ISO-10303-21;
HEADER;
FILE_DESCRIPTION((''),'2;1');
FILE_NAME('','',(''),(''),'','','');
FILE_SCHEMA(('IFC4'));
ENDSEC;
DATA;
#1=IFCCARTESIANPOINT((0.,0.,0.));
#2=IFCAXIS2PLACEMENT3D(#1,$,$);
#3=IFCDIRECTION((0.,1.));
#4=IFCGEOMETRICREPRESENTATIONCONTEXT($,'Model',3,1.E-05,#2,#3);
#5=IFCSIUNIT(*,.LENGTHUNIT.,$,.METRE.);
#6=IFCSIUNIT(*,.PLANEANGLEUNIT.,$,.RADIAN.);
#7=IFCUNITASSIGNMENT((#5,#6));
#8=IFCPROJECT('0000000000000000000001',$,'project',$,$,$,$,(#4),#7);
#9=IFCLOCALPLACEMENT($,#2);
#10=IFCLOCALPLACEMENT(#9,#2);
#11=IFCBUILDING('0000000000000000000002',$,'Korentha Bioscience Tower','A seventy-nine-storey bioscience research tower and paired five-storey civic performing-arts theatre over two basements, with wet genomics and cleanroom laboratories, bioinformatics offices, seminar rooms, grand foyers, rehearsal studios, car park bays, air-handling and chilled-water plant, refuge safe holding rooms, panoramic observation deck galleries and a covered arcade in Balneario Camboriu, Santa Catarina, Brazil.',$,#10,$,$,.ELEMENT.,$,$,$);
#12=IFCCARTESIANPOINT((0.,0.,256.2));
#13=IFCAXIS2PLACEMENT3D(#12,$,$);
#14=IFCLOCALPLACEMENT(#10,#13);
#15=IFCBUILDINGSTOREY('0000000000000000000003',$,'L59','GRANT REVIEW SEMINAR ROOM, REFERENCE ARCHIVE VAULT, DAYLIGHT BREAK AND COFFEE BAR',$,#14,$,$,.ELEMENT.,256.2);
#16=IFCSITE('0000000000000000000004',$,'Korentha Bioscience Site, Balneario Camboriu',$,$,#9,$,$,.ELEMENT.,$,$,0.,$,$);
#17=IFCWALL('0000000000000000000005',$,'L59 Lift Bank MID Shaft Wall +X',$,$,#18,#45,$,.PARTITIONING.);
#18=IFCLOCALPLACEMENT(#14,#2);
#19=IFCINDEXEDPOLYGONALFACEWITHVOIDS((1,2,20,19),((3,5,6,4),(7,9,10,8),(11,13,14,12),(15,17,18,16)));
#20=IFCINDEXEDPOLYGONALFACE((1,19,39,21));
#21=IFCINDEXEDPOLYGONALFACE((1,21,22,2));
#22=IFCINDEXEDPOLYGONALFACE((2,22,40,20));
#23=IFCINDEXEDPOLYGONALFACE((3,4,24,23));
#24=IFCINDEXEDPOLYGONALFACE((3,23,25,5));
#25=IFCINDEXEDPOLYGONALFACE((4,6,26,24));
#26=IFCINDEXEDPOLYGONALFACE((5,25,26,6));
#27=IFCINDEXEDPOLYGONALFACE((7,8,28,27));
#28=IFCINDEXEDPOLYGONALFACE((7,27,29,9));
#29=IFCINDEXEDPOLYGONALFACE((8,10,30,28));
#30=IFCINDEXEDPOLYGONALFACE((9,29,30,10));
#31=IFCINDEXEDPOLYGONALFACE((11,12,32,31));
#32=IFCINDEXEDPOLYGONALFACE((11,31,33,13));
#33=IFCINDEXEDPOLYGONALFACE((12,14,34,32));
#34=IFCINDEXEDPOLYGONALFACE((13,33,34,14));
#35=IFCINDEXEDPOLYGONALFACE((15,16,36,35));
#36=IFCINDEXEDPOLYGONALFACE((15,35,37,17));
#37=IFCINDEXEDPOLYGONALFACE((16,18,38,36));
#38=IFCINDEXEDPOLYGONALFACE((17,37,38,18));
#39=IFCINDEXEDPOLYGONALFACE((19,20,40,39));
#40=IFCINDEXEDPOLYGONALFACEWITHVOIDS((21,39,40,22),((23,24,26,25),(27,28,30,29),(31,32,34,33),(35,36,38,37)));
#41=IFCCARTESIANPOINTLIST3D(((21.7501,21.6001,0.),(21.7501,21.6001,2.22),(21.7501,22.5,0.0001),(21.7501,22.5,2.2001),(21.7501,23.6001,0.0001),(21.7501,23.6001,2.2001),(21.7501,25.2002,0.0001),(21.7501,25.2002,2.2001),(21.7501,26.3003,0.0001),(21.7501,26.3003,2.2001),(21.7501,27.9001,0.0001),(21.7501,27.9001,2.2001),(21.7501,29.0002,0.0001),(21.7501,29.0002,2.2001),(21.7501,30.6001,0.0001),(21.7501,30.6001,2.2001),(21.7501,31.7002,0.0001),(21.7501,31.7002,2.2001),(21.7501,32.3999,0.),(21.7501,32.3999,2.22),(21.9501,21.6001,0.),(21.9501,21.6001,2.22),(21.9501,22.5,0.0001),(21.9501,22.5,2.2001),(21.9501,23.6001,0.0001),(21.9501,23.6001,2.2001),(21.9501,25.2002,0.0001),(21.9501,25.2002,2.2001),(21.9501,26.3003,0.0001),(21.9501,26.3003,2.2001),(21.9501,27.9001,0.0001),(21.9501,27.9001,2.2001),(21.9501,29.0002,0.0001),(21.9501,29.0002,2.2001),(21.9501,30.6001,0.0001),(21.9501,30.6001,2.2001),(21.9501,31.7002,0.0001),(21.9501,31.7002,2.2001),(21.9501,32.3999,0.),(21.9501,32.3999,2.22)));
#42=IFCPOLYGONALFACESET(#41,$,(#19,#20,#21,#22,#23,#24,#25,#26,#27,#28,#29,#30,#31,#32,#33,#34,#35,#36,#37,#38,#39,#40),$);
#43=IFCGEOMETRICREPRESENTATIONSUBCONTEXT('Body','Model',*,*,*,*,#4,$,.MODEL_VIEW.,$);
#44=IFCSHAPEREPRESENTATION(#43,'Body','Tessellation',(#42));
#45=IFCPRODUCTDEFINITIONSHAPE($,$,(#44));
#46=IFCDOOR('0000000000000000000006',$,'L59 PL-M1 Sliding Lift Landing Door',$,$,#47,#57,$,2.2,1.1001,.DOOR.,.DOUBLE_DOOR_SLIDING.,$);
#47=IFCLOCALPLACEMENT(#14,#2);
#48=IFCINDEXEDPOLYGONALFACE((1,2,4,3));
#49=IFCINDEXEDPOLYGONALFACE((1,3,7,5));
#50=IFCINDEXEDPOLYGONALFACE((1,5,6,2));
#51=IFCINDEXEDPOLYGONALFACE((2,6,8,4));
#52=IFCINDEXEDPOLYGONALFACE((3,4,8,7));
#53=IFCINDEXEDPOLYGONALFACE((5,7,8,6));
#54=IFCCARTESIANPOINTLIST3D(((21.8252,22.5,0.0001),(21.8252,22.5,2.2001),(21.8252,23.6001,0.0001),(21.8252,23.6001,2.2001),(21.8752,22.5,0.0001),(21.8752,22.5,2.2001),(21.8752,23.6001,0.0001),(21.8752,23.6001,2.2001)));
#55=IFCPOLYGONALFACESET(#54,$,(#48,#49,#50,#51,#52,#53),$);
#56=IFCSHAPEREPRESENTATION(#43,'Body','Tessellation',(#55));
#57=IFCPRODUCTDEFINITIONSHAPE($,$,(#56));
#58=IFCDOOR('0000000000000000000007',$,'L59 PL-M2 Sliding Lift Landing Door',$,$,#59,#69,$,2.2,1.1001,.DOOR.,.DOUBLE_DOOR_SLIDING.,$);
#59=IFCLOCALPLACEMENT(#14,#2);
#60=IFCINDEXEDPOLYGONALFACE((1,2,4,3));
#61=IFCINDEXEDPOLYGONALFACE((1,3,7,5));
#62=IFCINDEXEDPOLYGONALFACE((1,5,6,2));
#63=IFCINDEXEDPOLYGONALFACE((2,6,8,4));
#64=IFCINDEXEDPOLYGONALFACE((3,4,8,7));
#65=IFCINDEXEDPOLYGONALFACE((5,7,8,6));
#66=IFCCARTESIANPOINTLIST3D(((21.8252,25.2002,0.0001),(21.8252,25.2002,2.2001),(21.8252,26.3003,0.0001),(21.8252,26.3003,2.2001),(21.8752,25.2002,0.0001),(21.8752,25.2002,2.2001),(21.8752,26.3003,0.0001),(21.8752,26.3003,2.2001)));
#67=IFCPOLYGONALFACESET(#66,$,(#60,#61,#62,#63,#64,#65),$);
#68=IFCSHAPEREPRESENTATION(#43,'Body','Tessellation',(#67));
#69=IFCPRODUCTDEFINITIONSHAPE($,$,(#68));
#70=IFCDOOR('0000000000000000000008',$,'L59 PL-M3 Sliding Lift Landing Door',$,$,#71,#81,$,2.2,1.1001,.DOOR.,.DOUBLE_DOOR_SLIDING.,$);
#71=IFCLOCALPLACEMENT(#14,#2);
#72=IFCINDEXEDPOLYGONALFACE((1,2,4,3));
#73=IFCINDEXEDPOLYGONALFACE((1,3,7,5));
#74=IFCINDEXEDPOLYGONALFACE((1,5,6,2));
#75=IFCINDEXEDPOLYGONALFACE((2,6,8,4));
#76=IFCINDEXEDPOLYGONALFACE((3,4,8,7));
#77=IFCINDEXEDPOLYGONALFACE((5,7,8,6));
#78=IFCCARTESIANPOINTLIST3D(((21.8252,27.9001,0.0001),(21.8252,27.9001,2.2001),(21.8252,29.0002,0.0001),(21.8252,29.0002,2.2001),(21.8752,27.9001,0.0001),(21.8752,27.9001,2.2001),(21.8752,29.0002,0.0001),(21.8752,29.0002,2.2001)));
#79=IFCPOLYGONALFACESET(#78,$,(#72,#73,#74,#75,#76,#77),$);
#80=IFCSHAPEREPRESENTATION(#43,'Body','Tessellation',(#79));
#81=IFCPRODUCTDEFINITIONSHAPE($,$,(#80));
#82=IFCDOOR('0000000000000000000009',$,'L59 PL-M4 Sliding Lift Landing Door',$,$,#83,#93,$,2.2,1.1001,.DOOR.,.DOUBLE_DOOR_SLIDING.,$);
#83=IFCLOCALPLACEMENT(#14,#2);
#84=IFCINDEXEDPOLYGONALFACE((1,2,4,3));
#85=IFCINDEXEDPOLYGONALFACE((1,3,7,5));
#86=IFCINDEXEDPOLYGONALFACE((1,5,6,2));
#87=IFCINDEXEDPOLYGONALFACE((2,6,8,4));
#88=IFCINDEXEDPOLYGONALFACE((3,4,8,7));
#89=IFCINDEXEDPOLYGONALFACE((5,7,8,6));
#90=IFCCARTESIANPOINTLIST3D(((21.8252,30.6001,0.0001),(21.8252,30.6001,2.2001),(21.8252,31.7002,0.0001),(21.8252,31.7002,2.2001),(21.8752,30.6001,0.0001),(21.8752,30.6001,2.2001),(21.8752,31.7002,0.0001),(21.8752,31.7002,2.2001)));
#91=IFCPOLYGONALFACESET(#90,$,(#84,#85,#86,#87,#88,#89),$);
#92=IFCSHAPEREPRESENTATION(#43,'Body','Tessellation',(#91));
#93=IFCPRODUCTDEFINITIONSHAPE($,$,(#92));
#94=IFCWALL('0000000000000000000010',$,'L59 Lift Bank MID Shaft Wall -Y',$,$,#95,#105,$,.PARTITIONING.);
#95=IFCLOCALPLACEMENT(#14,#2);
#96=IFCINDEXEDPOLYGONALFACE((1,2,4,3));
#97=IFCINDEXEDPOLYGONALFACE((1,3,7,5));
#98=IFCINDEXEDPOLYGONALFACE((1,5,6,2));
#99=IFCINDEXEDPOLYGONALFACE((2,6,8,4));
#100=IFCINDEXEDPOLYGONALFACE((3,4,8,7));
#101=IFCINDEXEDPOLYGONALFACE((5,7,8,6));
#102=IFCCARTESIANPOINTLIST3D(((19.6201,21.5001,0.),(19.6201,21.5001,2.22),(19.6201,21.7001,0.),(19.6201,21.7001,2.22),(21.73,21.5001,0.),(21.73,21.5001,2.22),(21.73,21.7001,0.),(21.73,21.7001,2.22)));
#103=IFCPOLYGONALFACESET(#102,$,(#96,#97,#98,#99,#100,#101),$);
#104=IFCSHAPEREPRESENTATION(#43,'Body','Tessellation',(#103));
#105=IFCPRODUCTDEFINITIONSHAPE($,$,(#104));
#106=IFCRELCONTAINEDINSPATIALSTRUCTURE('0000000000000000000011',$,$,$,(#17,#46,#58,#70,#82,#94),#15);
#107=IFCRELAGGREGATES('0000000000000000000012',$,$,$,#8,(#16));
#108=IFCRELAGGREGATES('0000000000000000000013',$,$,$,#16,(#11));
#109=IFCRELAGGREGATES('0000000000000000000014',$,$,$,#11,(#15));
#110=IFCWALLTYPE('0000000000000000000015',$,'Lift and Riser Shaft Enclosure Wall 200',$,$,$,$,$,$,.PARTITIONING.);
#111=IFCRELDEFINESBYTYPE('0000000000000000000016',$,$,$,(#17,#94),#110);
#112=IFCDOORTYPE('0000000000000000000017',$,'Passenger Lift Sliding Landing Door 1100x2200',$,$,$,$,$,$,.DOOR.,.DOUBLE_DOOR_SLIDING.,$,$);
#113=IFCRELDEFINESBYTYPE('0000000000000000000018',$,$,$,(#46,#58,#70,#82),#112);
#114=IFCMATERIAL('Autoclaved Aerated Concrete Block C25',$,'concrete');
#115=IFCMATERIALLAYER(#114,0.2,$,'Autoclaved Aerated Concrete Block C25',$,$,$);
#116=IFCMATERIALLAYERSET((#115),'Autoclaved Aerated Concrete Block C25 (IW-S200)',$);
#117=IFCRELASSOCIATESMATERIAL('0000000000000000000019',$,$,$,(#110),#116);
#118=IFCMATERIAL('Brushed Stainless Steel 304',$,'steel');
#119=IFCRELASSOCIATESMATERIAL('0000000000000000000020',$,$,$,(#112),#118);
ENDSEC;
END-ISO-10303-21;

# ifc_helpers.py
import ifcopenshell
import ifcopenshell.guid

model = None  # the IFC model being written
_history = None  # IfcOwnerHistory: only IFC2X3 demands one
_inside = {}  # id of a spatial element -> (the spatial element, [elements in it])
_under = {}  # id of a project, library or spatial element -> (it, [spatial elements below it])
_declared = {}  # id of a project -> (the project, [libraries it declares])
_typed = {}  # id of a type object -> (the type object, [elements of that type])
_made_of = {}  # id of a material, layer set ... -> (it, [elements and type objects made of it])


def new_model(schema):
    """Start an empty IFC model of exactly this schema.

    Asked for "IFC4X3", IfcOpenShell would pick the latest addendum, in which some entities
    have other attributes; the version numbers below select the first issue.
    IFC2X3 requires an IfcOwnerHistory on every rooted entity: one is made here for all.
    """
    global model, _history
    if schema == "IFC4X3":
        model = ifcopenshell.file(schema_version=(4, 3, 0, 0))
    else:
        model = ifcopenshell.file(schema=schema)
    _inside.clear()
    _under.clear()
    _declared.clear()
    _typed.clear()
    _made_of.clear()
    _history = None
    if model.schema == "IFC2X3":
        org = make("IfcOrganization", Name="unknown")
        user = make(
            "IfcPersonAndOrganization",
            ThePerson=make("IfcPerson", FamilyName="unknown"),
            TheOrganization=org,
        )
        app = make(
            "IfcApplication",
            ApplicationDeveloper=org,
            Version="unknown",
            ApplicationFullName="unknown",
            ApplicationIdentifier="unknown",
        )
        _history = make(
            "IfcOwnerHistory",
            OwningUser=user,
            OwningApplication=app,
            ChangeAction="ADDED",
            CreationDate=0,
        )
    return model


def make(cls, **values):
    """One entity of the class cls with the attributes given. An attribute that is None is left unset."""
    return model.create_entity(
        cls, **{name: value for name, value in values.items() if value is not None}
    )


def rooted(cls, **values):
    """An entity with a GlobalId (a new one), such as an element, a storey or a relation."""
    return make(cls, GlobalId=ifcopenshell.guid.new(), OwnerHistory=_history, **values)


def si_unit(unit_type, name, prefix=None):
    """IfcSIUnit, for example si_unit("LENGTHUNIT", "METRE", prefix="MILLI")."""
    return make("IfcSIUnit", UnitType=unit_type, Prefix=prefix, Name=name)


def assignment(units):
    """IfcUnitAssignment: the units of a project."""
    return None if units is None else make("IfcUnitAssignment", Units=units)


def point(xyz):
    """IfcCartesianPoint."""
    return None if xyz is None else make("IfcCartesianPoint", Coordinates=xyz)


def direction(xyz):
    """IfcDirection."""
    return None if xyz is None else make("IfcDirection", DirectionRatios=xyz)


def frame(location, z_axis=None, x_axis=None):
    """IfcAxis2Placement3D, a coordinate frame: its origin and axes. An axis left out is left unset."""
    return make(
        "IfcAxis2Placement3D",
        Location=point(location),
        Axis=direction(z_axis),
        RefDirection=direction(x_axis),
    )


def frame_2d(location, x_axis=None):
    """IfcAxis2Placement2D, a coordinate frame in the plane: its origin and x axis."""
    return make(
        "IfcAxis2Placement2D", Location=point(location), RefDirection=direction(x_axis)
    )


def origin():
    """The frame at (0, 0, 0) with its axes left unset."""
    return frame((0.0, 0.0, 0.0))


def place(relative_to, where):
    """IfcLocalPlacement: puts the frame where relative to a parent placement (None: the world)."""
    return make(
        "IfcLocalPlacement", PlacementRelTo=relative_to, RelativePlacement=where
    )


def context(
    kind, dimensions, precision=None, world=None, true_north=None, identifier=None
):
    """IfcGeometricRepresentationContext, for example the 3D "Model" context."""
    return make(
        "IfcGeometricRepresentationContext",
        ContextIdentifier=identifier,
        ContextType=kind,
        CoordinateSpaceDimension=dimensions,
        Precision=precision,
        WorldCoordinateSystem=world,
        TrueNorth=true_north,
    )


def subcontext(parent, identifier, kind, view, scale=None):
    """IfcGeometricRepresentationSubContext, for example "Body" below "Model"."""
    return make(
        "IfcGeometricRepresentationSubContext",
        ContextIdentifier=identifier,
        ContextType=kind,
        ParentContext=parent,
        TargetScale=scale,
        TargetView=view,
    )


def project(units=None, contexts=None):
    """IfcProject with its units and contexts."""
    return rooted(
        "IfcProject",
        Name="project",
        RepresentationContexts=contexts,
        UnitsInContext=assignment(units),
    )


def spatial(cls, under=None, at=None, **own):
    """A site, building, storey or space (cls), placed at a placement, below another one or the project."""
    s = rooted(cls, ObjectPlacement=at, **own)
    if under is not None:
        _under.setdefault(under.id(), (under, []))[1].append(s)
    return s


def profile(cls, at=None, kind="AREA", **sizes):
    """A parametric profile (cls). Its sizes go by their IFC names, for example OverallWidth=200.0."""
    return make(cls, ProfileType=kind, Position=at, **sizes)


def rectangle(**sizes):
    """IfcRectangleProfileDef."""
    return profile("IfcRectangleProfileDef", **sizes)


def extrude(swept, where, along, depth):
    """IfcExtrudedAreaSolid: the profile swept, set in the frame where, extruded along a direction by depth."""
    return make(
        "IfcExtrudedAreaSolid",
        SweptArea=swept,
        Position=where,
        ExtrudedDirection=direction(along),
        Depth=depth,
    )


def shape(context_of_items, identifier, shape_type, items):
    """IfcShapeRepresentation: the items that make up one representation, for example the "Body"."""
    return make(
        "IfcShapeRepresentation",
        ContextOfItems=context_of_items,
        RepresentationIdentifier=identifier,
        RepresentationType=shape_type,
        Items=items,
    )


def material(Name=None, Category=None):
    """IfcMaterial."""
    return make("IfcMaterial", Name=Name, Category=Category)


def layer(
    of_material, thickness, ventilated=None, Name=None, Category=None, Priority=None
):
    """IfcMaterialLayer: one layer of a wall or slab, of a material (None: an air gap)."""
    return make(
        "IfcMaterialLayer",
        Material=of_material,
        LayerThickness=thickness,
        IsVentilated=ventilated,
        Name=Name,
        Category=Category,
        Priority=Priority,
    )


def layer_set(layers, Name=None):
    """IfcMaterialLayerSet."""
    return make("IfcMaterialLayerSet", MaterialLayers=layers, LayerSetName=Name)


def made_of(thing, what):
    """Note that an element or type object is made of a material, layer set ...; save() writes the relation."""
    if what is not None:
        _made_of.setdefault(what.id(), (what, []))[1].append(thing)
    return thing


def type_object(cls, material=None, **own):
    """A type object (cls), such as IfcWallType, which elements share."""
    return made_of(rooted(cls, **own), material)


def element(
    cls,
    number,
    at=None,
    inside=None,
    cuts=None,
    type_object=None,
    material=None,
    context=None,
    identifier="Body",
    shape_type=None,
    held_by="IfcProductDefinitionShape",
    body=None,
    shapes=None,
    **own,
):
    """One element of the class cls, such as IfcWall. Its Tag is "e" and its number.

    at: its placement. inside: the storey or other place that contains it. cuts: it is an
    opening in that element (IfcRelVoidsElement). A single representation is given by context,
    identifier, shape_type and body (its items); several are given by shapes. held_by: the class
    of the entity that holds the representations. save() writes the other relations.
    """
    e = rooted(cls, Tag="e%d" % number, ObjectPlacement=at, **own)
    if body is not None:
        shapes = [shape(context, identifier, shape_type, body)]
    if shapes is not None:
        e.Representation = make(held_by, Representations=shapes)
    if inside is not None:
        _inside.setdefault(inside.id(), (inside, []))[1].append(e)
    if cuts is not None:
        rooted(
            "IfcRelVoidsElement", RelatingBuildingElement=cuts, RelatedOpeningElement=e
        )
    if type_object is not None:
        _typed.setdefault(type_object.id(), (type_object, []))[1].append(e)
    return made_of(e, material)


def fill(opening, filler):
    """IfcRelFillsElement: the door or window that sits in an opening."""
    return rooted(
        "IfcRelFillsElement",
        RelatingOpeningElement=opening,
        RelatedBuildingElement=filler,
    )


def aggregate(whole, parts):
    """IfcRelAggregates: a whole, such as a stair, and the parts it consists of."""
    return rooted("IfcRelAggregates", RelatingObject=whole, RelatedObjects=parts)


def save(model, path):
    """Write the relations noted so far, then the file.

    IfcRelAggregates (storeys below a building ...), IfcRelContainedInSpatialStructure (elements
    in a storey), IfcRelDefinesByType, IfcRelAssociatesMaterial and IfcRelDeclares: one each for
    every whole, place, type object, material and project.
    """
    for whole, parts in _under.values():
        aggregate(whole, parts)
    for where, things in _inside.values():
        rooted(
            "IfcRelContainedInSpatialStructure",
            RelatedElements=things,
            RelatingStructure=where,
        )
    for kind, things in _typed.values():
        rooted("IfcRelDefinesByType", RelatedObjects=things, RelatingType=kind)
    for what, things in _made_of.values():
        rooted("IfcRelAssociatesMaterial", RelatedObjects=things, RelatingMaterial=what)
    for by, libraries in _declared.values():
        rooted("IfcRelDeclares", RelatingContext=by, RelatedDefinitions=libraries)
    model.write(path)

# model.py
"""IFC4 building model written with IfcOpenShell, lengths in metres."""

from ifc_helpers import new_model, si_unit, direction, frame, frame_2d, origin, place, context, subcontext, project, spatial, rectangle, extrude, material, layer, layer_set, type_object, element, fill, save


model = new_model("IFC4")

# Units and contexts
model_context = context("Model", 3, precision=1e-05, world=origin(), true_north=direction((0.0, 1.0)))
body_context = subcontext(model_context, "Body", "Model", "MODEL_VIEW")
ifc_project = project(units=[si_unit("LENGTHUNIT", "METRE"), si_unit("PLANEANGLEUNIT", "RADIAN")], contexts=[model_context])

# Site, building, storey
site_placement = place(None, origin())
site = spatial("IfcSite", under=ifc_project, at=site_placement, Name="Korentha Bioscience Site, Balneario Camboriu", CompositionType="ELEMENT", RefElevation=0.0)
building_placement = place(site_placement, origin())
building = spatial("IfcBuilding", under=site, at=building_placement, Name="Korentha Bioscience Tower", Description="A seventy-nine-storey bioscience research tower and paired five-storey civic performing-arts theatre over two basements, with wet genomics and cleanroom laboratories, bioinformatics offices, seminar rooms, grand foyers, rehearsal studios, car park bays, air-handling and chilled-water plant, refuge safe holding rooms, panoramic observation deck galleries and a covered arcade in Balneario Camboriu, Santa Catarina, Brazil.", CompositionType="ELEMENT")
storey_placement = place(building_placement, frame((0.0, 0.0, 256.2)))
storey = spatial("IfcBuildingStorey", under=building, at=storey_placement, Name="L59", Description="GRANT REVIEW SEMINAR ROOM, REFERENCE ARCHIVE VAULT, DAYLIGHT BREAK AND COFFEE BAR", CompositionType="ELEMENT", Elevation=256.2)

# Shared definitions
ifc_material_1 = material(Name="Autoclaved Aerated Concrete Block C25", Category="concrete")
ifc_layer_1 = layer(ifc_material_1, 0.2, Name="Autoclaved Aerated Concrete Block C25")
ifc_layer_set_1 = layer_set([ifc_layer_1], Name="Autoclaved Aerated Concrete Block C25 (IW-S200)")
wall_type_1 = type_object("IfcWallType", Name="Lift and Riser Shaft Enclosure Wall 200", PredefinedType="PARTITIONING", material=ifc_layer_set_1)

# Wall, openings, doors
wall_1_placement = place(storey_placement, frame((21.8501, 21.6001, 0.0), z_axis=(0.0, 0.0, 1.0), x_axis=(0.0, 1.0, 0.0)))
wall_1 = element("IfcWall", 1, at=wall_1_placement, inside=storey, type_object=wall_type_1, Name="L59 Lift Bank MID Shaft Wall +X", PredefinedType="PARTITIONING", context=body_context, shape_type="SweptSolid", body=[
    extrude(rectangle(XDim=10.7998, YDim=0.2, at=frame_2d((5.3999, 0.0))), origin(), (0.0, 0.0, 1.0), 2.22),
])
opening_1_placement = place(wall_1_placement, frame((0.8999, 0.0, 0.0)))
opening_1 = element("IfcOpeningElement", 2, at=opening_1_placement, cuts=wall_1, PredefinedType="OPENING", context=body_context, shape_type="SweptSolid", body=[
    extrude(rectangle(XDim=1.1001, YDim=2.2, at=frame_2d((0.55, 1.1001))), frame((0.0, 0.1147, 0.0), z_axis=(0.0, -1.0, 0.0), x_axis=(1.0, 0.0, 0.0)), (0.0, 0.0, 1.0), 0.2297),
])
opening_2_placement = place(wall_1_placement, frame((3.6001, 0.0, 0.0)))
opening_2 = element("IfcOpeningElement", 3, at=opening_2_placement, cuts=wall_1, PredefinedType="OPENING", context=body_context, shape_type="SweptSolid", body=[
    extrude(rectangle(XDim=1.1001, YDim=2.2, at=frame_2d((0.55, 1.1001))), frame((0.0, 0.1147, 0.0), z_axis=(0.0, -1.0, 0.0), x_axis=(1.0, 0.0, 0.0)), (0.0, 0.0, 1.0), 0.2297),
])
opening_3_placement = place(wall_1_placement, frame((6.3, 0.0, 0.0)))
opening_3 = element("IfcOpeningElement", 4, at=opening_3_placement, cuts=wall_1, PredefinedType="OPENING", context=body_context, shape_type="SweptSolid", body=[
    extrude(rectangle(XDim=1.1001, YDim=2.2, at=frame_2d((0.55, 1.1001))), frame((0.0, 0.1147, 0.0), z_axis=(0.0, -1.0, 0.0), x_axis=(1.0, 0.0, 0.0)), (0.0, 0.0, 1.0), 0.2297),
])
opening_4_placement = place(wall_1_placement, frame((9.0, 0.0, 0.0)))
opening_4 = element("IfcOpeningElement", 5, at=opening_4_placement, cuts=wall_1, PredefinedType="OPENING", context=body_context, shape_type="SweptSolid", body=[
    extrude(rectangle(XDim=1.1001, YDim=2.2, at=frame_2d((0.55, 1.1001))), frame((0.0, 0.1147, 0.0), z_axis=(0.0, -1.0, 0.0), x_axis=(1.0, 0.0, 0.0)), (0.0, 0.0, 1.0), 0.2297),
])
ifc_material_2 = material(Name="Brushed Stainless Steel 304", Category="steel")
door_type_1 = type_object("IfcDoorType", Name="Passenger Lift Sliding Landing Door 1100x2200", OperationType="DOUBLE_DOOR_SLIDING", PredefinedType="DOOR", material=ifc_material_2)
door_1_placement = place(opening_1_placement, origin())
door_1 = element("IfcDoor", 6, at=door_1_placement, inside=storey, type_object=door_type_1, Name="L59 PL-M1 Sliding Lift Landing Door", OperationType="DOUBLE_DOOR_SLIDING", OverallHeight=2.2, OverallWidth=1.1001, PredefinedType="DOOR", context=body_context, shape_type="SweptSolid", body=[
    extrude(rectangle(XDim=1.1001, YDim=2.2, at=frame_2d((0.55, 1.1001))), frame((0.0, 0.0249, 0.0), z_axis=(0.0, -1.0, 0.0), x_axis=(1.0, 0.0, 0.0)), (0.0, 0.0, 1.0), 0.05),
])
fill(opening_1, door_1)
door_2_placement = place(opening_2_placement, origin())
door_2 = element("IfcDoor", 7, at=door_2_placement, inside=storey, type_object=door_type_1, Name="L59 PL-M2 Sliding Lift Landing Door", OperationType="DOUBLE_DOOR_SLIDING", OverallHeight=2.2, OverallWidth=1.1001, PredefinedType="DOOR", context=body_context, shape_type="SweptSolid", body=[
    extrude(rectangle(XDim=1.1001, YDim=2.2, at=frame_2d((0.55, 1.1001))), frame((0.0, 0.0249, 0.0), z_axis=(0.0, -1.0, 0.0), x_axis=(1.0, 0.0, 0.0)), (0.0, 0.0, 1.0), 0.05),
])
fill(opening_2, door_2)
door_3_placement = place(opening_3_placement, origin())
door_3 = element("IfcDoor", 8, at=door_3_placement, inside=storey, type_object=door_type_1, Name="L59 PL-M3 Sliding Lift Landing Door", OperationType="DOUBLE_DOOR_SLIDING", OverallHeight=2.2, OverallWidth=1.1001, PredefinedType="DOOR", context=body_context, shape_type="SweptSolid", body=[
    extrude(rectangle(XDim=1.1001, YDim=2.2, at=frame_2d((0.55, 1.1001))), frame((0.0, 0.0249, 0.0), z_axis=(0.0, -1.0, 0.0), x_axis=(1.0, 0.0, 0.0)), (0.0, 0.0, 1.0), 0.05),
])
fill(opening_3, door_3)
door_4_placement = place(opening_4_placement, origin())
door_4 = element("IfcDoor", 9, at=door_4_placement, inside=storey, type_object=door_type_1, Name="L59 PL-M4 Sliding Lift Landing Door", OperationType="DOUBLE_DOOR_SLIDING", OverallHeight=2.2, OverallWidth=1.1001, PredefinedType="DOOR", context=body_context, shape_type="SweptSolid", body=[
    extrude(rectangle(XDim=1.1001, YDim=2.2, at=frame_2d((0.55, 1.1001))), frame((0.0, 0.0249, 0.0), z_axis=(0.0, -1.0, 0.0), x_axis=(1.0, 0.0, 0.0)), (0.0, 0.0, 1.0), 0.05),
])
fill(opening_4, door_4)

# Wall
wall_2_placement = place(storey_placement, frame((19.6201, 21.6001, 0.0), z_axis=(0.0, 0.0, 1.0), x_axis=(1.0, 0.0, 0.0)))
element("IfcWall", 10, at=wall_2_placement, inside=storey, type_object=wall_type_1, Name="L59 Lift Bank MID Shaft Wall -Y", PredefinedType="PARTITIONING", context=body_context, shape_type="SweptSolid", body=[
    extrude(rectangle(XDim=2.1099, YDim=0.2, at=frame_2d((1.0549, 0.0))), origin(), (0.0, 0.0, 1.0), 2.22),
])

save(model, "model.ifc")
